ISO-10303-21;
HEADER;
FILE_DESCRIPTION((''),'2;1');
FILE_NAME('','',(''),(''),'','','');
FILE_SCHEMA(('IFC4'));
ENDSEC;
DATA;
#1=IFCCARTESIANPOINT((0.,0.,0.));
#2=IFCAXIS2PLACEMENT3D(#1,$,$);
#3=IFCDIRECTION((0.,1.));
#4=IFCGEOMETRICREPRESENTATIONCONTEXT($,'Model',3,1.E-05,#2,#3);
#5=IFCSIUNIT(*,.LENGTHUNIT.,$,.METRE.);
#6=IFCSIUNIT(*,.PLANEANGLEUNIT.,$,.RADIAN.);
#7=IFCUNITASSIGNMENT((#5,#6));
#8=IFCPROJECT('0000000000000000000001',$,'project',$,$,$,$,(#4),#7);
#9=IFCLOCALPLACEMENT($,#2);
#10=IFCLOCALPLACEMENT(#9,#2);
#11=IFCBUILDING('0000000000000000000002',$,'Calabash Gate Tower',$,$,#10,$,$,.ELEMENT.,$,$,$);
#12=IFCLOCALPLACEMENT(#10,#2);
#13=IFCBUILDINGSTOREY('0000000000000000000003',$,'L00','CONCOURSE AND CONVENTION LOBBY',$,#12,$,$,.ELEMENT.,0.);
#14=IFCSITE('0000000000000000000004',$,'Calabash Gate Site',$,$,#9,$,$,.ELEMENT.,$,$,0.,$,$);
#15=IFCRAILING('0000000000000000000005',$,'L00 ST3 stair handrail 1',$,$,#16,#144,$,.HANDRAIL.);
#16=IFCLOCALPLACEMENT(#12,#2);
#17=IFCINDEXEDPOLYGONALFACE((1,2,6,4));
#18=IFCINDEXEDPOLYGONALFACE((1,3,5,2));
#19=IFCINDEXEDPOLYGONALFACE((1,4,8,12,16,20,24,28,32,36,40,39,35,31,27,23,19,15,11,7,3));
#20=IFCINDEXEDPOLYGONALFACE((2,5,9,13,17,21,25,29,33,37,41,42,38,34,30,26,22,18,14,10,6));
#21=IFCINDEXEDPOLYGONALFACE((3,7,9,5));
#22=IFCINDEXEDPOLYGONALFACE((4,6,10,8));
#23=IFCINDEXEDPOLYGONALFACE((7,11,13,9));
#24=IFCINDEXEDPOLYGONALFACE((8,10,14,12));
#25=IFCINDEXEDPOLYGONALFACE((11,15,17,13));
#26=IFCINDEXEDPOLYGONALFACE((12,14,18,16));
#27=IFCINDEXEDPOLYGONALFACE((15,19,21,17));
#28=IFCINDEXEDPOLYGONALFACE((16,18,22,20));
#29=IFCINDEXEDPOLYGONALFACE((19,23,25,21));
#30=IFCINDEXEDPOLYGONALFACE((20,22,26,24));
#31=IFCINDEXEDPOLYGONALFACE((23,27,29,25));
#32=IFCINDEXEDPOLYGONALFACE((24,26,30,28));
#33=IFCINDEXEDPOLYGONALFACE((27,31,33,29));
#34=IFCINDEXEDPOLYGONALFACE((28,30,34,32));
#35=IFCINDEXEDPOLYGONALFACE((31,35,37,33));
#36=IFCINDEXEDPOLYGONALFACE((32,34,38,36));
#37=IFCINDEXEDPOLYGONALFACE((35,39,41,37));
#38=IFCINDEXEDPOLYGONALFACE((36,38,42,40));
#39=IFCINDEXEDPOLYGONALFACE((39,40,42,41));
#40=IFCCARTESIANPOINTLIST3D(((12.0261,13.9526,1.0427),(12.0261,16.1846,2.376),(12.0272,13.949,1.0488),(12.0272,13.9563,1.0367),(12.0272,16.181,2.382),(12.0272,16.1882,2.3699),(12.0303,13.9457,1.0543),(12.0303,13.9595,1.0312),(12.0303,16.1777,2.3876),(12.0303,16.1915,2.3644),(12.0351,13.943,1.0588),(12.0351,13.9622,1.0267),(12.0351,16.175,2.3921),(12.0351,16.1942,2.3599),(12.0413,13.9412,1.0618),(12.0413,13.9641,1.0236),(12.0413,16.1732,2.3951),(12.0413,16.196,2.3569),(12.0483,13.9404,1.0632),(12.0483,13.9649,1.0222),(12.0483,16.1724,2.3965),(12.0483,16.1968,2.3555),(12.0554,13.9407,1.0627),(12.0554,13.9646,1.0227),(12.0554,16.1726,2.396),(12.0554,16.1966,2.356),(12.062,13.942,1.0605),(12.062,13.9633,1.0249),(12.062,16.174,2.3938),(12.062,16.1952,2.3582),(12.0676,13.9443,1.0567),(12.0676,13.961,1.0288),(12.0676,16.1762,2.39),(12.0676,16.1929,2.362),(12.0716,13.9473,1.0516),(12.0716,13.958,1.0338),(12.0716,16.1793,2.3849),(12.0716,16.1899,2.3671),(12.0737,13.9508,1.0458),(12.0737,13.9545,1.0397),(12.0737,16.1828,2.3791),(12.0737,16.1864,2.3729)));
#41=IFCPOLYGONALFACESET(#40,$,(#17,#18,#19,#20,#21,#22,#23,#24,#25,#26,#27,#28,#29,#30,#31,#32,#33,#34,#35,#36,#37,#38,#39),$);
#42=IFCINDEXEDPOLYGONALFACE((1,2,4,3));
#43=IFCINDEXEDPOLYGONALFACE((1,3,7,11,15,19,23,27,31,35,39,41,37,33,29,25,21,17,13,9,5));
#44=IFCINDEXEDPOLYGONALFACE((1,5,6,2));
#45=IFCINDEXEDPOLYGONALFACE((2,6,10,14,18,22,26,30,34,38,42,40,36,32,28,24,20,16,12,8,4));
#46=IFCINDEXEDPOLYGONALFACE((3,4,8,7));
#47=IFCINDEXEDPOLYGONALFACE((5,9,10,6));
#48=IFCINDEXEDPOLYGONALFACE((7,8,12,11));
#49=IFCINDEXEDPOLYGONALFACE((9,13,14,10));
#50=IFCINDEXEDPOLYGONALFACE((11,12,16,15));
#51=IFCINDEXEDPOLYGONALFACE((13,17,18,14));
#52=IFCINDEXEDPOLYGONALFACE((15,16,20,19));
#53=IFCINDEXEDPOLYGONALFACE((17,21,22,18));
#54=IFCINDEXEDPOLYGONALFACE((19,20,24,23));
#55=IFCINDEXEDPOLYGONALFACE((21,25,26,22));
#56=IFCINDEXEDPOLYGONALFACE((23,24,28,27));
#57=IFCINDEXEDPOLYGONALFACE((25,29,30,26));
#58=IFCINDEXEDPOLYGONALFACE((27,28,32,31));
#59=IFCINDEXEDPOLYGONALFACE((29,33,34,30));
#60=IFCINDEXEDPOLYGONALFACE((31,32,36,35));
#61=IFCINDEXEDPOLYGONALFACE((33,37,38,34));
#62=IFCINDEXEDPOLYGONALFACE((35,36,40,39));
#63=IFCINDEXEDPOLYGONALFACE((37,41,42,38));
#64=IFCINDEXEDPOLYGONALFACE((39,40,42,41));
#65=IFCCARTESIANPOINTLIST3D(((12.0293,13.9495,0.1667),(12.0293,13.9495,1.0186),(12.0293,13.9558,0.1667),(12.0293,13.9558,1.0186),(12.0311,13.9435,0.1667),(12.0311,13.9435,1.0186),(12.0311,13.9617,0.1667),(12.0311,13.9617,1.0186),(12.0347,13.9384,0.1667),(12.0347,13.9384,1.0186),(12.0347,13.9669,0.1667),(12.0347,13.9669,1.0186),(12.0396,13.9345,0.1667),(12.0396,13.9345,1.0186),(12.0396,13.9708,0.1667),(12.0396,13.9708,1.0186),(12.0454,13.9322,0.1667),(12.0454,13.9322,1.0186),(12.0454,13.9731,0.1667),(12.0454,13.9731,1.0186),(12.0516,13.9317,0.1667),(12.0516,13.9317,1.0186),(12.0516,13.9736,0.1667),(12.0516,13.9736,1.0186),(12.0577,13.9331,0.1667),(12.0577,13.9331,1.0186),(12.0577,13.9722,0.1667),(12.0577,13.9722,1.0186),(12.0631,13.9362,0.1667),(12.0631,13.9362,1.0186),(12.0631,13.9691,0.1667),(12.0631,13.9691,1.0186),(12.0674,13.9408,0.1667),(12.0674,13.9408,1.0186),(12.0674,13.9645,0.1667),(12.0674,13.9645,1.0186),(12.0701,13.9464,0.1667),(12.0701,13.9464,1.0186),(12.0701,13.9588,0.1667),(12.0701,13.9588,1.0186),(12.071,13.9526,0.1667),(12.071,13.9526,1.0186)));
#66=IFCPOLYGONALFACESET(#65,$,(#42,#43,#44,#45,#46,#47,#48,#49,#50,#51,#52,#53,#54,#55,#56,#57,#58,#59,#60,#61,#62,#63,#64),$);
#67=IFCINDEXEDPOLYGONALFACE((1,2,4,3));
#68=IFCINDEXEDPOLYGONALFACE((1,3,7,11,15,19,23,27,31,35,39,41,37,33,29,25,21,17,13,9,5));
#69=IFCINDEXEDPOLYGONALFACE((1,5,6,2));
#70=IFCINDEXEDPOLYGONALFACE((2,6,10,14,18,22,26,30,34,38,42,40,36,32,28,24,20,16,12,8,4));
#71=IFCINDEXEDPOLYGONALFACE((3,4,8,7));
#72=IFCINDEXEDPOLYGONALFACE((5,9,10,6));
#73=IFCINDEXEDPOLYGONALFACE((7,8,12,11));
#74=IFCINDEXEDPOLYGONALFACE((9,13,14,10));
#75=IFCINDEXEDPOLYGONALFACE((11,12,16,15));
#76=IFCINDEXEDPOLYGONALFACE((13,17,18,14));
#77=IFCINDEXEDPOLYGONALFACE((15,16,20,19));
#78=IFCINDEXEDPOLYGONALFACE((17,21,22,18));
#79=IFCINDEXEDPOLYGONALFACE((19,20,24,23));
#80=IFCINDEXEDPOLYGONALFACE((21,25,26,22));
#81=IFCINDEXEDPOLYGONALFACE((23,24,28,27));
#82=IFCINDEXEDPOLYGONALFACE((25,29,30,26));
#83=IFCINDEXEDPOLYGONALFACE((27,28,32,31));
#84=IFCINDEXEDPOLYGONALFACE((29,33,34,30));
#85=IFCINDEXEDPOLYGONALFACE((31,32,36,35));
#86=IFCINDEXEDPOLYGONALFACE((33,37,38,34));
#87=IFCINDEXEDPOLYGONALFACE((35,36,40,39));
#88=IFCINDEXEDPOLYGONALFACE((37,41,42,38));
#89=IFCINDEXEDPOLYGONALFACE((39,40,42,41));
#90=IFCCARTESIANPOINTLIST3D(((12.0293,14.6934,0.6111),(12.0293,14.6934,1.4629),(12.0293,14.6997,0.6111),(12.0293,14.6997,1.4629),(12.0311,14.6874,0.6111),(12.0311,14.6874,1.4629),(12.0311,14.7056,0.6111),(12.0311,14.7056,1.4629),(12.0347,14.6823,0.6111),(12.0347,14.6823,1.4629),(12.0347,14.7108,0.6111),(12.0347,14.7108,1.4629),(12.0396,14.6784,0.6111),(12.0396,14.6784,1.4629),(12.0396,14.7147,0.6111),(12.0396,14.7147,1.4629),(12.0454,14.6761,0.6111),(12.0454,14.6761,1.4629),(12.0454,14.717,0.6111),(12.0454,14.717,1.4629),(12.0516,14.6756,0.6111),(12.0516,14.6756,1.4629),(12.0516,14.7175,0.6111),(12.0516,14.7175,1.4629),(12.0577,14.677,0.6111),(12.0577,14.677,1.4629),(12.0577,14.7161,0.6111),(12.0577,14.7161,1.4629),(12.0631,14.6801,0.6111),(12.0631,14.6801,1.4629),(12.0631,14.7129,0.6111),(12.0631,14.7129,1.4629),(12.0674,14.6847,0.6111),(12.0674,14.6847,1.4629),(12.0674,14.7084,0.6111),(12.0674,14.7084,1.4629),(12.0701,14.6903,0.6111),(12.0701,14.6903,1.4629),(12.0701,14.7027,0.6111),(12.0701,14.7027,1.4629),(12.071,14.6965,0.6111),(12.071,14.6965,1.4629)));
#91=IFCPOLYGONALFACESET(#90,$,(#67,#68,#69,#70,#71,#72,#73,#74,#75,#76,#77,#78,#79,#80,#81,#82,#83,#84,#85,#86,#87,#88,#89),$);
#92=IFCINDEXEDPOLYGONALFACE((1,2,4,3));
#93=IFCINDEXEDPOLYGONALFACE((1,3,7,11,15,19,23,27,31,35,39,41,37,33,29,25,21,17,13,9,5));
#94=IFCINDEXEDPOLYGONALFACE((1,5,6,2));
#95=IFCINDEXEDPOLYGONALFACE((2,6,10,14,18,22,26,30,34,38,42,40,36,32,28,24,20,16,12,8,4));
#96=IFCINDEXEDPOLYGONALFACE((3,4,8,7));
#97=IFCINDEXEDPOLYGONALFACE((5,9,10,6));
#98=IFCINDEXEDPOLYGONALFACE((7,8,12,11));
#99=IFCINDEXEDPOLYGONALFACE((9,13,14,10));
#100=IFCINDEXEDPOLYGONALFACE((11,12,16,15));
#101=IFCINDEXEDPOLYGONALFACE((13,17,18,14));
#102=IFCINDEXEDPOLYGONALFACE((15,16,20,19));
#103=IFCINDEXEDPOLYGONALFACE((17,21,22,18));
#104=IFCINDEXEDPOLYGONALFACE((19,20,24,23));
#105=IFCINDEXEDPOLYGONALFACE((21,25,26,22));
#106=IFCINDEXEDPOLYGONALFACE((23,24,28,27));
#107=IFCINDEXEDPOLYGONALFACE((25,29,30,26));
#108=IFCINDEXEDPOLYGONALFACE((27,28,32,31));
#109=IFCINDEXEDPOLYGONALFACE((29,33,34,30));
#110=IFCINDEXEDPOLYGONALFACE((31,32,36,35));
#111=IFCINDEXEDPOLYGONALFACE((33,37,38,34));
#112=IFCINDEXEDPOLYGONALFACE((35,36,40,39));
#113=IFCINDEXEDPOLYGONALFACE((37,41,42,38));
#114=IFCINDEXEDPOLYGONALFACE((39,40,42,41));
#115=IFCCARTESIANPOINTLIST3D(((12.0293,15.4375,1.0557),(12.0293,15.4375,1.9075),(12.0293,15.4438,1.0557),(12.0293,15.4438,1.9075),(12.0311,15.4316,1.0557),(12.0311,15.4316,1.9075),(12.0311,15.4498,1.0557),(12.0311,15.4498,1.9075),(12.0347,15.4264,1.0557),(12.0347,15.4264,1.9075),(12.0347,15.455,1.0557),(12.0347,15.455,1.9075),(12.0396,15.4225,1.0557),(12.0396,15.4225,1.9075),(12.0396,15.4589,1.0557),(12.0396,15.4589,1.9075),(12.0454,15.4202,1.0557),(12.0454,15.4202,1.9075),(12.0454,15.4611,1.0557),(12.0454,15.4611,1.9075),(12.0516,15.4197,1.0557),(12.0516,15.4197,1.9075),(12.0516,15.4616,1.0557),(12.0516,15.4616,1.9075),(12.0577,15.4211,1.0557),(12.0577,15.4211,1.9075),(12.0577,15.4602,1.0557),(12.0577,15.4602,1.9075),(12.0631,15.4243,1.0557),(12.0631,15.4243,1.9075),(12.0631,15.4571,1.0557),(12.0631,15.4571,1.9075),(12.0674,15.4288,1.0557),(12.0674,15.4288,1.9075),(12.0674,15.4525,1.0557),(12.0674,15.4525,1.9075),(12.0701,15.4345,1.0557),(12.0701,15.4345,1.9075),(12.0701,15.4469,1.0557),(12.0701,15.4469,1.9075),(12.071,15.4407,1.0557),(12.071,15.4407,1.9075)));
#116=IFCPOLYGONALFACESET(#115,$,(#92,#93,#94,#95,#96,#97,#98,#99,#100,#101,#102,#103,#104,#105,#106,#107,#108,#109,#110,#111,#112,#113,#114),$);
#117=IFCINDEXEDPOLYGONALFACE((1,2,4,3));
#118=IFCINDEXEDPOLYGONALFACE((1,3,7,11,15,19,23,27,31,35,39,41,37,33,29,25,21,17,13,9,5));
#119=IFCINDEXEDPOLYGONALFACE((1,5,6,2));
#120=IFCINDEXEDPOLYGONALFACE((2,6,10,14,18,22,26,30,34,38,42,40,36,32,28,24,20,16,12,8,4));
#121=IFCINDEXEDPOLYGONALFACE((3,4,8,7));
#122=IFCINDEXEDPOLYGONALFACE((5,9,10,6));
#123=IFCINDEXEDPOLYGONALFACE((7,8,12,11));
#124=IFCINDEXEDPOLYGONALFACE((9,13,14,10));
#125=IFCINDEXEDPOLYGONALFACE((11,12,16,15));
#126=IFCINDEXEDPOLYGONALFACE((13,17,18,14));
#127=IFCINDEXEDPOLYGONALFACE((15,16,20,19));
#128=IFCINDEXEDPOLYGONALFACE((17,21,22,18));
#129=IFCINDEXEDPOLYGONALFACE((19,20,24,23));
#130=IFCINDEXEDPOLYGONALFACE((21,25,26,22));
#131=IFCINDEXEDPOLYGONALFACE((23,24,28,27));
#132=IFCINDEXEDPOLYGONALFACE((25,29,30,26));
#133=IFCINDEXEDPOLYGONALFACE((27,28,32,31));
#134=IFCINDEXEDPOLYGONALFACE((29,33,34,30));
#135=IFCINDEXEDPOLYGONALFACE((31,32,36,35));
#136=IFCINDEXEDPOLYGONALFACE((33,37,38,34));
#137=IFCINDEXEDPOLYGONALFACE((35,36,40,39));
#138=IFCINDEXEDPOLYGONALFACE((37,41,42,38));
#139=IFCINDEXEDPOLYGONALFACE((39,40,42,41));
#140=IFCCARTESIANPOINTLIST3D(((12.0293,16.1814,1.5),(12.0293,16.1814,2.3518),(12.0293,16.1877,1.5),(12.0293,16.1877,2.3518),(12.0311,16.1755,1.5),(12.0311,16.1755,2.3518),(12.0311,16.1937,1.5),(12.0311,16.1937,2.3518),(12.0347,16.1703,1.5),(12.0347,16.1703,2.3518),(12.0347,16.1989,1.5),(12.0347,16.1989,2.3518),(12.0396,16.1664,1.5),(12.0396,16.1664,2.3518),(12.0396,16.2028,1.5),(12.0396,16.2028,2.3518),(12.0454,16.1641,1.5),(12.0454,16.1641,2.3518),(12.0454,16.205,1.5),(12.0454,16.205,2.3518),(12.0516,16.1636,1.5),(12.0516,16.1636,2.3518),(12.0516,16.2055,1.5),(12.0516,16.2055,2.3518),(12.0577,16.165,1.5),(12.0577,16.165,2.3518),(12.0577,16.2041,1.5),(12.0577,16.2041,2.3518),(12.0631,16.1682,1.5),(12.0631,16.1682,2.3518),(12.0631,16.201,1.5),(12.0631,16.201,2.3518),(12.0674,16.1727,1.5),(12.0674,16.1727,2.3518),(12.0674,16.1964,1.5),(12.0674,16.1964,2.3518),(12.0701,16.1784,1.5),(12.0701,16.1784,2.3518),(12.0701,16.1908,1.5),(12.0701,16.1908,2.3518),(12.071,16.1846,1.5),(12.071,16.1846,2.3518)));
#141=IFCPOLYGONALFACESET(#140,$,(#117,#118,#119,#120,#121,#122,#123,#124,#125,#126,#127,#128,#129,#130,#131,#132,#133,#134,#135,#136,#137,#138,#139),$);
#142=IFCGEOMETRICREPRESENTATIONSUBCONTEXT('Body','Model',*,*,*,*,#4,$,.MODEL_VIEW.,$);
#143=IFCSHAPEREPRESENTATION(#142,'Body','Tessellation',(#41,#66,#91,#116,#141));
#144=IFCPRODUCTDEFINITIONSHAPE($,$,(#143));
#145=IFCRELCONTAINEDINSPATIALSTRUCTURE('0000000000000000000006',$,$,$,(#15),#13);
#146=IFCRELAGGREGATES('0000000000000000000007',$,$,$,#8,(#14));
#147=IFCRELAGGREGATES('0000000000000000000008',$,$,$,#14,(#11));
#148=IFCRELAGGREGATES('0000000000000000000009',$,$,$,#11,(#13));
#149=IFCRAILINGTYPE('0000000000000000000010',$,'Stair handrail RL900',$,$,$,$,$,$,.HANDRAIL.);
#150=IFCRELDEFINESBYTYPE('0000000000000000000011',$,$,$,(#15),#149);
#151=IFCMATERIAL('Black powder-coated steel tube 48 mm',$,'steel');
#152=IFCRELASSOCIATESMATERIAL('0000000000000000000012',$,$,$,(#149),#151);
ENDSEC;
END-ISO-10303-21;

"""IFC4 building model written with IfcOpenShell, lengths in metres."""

from ifc_helpers import new_model, si_unit, direction, frame, origin, origin_2d, place, context, subcontext, project, spatial, circle, extrude, material, type_object, element, save


model = new_model("IFC4")

# Units and contexts
model_context = context("Model", 3, precision=1e-05, world=origin(), true_north=direction((0.0, 1.0)))
body_context = subcontext(model_context, "Body", "Model", "MODEL_VIEW")
ifc_project = project(units=[si_unit("LENGTHUNIT", "METRE"), si_unit("PLANEANGLEUNIT", "RADIAN")], contexts=[model_context])

# Site, building, storey
site_placement = place(None, origin())
site = spatial("IfcSite", under=ifc_project, at=site_placement, Name="Calabash Gate Site", CompositionType="ELEMENT", RefElevation=0.0)
building_placement = place(site_placement, origin())
building = spatial("IfcBuilding", under=site, at=building_placement, Name="Calabash Gate Tower", CompositionType="ELEMENT")
storey_placement = place(building_placement, origin())
storey = spatial("IfcBuildingStorey", under=building, at=storey_placement, Name="L00", Description="CONCOURSE AND CONVENTION LOBBY", CompositionType="ELEMENT", Elevation=0.0)

# Railing
ifc_material_1 = material(Name="Black powder-coated steel tube 48 mm", Category="steel")
railing_type_1 = type_object("IfcRailingType", Name="Stair handrail RL900", PredefinedType="HANDRAIL", material=ifc_material_1)
railing_1_placement = place(storey_placement, frame((12.05, 13.9526, 0.1667)))
element("IfcRailing", 1, at=railing_1_placement, inside=storey, type_object=railing_type_1, Name="L00 ST3 stair handrail 1", PredefinedType="HANDRAIL", context=body_context, shape_type="SweptSolid", body=[
    extrude(circle(Radius=0.0239, at=origin_2d()), frame((0.0, 0.0, 0.876), z_axis=(0.0, 0.858494, 0.512824), x_axis=(-1.0, 0.0, 0.0)), (0.0, 0.0, 1.0), 2.5999),
    extrude(circle(Radius=0.021, at=origin_2d()), origin(), (0.0, 0.0, 1.0), 0.8518),
    extrude(circle(Radius=0.021, at=origin_2d()), frame((0.0, 0.7439, 0.4443)), (0.0, 0.0, 1.0), 0.8518),
    extrude(circle(Radius=0.021, at=origin_2d()), frame((0.0, 1.488, 0.8889)), (0.0, 0.0, 1.0), 0.8518),
    extrude(circle(Radius=0.021, at=origin_2d()), frame((0.0, 2.2319, 1.3333)), (0.0, 0.0, 1.0), 0.8518),
])

save(model, "model.ifc")
